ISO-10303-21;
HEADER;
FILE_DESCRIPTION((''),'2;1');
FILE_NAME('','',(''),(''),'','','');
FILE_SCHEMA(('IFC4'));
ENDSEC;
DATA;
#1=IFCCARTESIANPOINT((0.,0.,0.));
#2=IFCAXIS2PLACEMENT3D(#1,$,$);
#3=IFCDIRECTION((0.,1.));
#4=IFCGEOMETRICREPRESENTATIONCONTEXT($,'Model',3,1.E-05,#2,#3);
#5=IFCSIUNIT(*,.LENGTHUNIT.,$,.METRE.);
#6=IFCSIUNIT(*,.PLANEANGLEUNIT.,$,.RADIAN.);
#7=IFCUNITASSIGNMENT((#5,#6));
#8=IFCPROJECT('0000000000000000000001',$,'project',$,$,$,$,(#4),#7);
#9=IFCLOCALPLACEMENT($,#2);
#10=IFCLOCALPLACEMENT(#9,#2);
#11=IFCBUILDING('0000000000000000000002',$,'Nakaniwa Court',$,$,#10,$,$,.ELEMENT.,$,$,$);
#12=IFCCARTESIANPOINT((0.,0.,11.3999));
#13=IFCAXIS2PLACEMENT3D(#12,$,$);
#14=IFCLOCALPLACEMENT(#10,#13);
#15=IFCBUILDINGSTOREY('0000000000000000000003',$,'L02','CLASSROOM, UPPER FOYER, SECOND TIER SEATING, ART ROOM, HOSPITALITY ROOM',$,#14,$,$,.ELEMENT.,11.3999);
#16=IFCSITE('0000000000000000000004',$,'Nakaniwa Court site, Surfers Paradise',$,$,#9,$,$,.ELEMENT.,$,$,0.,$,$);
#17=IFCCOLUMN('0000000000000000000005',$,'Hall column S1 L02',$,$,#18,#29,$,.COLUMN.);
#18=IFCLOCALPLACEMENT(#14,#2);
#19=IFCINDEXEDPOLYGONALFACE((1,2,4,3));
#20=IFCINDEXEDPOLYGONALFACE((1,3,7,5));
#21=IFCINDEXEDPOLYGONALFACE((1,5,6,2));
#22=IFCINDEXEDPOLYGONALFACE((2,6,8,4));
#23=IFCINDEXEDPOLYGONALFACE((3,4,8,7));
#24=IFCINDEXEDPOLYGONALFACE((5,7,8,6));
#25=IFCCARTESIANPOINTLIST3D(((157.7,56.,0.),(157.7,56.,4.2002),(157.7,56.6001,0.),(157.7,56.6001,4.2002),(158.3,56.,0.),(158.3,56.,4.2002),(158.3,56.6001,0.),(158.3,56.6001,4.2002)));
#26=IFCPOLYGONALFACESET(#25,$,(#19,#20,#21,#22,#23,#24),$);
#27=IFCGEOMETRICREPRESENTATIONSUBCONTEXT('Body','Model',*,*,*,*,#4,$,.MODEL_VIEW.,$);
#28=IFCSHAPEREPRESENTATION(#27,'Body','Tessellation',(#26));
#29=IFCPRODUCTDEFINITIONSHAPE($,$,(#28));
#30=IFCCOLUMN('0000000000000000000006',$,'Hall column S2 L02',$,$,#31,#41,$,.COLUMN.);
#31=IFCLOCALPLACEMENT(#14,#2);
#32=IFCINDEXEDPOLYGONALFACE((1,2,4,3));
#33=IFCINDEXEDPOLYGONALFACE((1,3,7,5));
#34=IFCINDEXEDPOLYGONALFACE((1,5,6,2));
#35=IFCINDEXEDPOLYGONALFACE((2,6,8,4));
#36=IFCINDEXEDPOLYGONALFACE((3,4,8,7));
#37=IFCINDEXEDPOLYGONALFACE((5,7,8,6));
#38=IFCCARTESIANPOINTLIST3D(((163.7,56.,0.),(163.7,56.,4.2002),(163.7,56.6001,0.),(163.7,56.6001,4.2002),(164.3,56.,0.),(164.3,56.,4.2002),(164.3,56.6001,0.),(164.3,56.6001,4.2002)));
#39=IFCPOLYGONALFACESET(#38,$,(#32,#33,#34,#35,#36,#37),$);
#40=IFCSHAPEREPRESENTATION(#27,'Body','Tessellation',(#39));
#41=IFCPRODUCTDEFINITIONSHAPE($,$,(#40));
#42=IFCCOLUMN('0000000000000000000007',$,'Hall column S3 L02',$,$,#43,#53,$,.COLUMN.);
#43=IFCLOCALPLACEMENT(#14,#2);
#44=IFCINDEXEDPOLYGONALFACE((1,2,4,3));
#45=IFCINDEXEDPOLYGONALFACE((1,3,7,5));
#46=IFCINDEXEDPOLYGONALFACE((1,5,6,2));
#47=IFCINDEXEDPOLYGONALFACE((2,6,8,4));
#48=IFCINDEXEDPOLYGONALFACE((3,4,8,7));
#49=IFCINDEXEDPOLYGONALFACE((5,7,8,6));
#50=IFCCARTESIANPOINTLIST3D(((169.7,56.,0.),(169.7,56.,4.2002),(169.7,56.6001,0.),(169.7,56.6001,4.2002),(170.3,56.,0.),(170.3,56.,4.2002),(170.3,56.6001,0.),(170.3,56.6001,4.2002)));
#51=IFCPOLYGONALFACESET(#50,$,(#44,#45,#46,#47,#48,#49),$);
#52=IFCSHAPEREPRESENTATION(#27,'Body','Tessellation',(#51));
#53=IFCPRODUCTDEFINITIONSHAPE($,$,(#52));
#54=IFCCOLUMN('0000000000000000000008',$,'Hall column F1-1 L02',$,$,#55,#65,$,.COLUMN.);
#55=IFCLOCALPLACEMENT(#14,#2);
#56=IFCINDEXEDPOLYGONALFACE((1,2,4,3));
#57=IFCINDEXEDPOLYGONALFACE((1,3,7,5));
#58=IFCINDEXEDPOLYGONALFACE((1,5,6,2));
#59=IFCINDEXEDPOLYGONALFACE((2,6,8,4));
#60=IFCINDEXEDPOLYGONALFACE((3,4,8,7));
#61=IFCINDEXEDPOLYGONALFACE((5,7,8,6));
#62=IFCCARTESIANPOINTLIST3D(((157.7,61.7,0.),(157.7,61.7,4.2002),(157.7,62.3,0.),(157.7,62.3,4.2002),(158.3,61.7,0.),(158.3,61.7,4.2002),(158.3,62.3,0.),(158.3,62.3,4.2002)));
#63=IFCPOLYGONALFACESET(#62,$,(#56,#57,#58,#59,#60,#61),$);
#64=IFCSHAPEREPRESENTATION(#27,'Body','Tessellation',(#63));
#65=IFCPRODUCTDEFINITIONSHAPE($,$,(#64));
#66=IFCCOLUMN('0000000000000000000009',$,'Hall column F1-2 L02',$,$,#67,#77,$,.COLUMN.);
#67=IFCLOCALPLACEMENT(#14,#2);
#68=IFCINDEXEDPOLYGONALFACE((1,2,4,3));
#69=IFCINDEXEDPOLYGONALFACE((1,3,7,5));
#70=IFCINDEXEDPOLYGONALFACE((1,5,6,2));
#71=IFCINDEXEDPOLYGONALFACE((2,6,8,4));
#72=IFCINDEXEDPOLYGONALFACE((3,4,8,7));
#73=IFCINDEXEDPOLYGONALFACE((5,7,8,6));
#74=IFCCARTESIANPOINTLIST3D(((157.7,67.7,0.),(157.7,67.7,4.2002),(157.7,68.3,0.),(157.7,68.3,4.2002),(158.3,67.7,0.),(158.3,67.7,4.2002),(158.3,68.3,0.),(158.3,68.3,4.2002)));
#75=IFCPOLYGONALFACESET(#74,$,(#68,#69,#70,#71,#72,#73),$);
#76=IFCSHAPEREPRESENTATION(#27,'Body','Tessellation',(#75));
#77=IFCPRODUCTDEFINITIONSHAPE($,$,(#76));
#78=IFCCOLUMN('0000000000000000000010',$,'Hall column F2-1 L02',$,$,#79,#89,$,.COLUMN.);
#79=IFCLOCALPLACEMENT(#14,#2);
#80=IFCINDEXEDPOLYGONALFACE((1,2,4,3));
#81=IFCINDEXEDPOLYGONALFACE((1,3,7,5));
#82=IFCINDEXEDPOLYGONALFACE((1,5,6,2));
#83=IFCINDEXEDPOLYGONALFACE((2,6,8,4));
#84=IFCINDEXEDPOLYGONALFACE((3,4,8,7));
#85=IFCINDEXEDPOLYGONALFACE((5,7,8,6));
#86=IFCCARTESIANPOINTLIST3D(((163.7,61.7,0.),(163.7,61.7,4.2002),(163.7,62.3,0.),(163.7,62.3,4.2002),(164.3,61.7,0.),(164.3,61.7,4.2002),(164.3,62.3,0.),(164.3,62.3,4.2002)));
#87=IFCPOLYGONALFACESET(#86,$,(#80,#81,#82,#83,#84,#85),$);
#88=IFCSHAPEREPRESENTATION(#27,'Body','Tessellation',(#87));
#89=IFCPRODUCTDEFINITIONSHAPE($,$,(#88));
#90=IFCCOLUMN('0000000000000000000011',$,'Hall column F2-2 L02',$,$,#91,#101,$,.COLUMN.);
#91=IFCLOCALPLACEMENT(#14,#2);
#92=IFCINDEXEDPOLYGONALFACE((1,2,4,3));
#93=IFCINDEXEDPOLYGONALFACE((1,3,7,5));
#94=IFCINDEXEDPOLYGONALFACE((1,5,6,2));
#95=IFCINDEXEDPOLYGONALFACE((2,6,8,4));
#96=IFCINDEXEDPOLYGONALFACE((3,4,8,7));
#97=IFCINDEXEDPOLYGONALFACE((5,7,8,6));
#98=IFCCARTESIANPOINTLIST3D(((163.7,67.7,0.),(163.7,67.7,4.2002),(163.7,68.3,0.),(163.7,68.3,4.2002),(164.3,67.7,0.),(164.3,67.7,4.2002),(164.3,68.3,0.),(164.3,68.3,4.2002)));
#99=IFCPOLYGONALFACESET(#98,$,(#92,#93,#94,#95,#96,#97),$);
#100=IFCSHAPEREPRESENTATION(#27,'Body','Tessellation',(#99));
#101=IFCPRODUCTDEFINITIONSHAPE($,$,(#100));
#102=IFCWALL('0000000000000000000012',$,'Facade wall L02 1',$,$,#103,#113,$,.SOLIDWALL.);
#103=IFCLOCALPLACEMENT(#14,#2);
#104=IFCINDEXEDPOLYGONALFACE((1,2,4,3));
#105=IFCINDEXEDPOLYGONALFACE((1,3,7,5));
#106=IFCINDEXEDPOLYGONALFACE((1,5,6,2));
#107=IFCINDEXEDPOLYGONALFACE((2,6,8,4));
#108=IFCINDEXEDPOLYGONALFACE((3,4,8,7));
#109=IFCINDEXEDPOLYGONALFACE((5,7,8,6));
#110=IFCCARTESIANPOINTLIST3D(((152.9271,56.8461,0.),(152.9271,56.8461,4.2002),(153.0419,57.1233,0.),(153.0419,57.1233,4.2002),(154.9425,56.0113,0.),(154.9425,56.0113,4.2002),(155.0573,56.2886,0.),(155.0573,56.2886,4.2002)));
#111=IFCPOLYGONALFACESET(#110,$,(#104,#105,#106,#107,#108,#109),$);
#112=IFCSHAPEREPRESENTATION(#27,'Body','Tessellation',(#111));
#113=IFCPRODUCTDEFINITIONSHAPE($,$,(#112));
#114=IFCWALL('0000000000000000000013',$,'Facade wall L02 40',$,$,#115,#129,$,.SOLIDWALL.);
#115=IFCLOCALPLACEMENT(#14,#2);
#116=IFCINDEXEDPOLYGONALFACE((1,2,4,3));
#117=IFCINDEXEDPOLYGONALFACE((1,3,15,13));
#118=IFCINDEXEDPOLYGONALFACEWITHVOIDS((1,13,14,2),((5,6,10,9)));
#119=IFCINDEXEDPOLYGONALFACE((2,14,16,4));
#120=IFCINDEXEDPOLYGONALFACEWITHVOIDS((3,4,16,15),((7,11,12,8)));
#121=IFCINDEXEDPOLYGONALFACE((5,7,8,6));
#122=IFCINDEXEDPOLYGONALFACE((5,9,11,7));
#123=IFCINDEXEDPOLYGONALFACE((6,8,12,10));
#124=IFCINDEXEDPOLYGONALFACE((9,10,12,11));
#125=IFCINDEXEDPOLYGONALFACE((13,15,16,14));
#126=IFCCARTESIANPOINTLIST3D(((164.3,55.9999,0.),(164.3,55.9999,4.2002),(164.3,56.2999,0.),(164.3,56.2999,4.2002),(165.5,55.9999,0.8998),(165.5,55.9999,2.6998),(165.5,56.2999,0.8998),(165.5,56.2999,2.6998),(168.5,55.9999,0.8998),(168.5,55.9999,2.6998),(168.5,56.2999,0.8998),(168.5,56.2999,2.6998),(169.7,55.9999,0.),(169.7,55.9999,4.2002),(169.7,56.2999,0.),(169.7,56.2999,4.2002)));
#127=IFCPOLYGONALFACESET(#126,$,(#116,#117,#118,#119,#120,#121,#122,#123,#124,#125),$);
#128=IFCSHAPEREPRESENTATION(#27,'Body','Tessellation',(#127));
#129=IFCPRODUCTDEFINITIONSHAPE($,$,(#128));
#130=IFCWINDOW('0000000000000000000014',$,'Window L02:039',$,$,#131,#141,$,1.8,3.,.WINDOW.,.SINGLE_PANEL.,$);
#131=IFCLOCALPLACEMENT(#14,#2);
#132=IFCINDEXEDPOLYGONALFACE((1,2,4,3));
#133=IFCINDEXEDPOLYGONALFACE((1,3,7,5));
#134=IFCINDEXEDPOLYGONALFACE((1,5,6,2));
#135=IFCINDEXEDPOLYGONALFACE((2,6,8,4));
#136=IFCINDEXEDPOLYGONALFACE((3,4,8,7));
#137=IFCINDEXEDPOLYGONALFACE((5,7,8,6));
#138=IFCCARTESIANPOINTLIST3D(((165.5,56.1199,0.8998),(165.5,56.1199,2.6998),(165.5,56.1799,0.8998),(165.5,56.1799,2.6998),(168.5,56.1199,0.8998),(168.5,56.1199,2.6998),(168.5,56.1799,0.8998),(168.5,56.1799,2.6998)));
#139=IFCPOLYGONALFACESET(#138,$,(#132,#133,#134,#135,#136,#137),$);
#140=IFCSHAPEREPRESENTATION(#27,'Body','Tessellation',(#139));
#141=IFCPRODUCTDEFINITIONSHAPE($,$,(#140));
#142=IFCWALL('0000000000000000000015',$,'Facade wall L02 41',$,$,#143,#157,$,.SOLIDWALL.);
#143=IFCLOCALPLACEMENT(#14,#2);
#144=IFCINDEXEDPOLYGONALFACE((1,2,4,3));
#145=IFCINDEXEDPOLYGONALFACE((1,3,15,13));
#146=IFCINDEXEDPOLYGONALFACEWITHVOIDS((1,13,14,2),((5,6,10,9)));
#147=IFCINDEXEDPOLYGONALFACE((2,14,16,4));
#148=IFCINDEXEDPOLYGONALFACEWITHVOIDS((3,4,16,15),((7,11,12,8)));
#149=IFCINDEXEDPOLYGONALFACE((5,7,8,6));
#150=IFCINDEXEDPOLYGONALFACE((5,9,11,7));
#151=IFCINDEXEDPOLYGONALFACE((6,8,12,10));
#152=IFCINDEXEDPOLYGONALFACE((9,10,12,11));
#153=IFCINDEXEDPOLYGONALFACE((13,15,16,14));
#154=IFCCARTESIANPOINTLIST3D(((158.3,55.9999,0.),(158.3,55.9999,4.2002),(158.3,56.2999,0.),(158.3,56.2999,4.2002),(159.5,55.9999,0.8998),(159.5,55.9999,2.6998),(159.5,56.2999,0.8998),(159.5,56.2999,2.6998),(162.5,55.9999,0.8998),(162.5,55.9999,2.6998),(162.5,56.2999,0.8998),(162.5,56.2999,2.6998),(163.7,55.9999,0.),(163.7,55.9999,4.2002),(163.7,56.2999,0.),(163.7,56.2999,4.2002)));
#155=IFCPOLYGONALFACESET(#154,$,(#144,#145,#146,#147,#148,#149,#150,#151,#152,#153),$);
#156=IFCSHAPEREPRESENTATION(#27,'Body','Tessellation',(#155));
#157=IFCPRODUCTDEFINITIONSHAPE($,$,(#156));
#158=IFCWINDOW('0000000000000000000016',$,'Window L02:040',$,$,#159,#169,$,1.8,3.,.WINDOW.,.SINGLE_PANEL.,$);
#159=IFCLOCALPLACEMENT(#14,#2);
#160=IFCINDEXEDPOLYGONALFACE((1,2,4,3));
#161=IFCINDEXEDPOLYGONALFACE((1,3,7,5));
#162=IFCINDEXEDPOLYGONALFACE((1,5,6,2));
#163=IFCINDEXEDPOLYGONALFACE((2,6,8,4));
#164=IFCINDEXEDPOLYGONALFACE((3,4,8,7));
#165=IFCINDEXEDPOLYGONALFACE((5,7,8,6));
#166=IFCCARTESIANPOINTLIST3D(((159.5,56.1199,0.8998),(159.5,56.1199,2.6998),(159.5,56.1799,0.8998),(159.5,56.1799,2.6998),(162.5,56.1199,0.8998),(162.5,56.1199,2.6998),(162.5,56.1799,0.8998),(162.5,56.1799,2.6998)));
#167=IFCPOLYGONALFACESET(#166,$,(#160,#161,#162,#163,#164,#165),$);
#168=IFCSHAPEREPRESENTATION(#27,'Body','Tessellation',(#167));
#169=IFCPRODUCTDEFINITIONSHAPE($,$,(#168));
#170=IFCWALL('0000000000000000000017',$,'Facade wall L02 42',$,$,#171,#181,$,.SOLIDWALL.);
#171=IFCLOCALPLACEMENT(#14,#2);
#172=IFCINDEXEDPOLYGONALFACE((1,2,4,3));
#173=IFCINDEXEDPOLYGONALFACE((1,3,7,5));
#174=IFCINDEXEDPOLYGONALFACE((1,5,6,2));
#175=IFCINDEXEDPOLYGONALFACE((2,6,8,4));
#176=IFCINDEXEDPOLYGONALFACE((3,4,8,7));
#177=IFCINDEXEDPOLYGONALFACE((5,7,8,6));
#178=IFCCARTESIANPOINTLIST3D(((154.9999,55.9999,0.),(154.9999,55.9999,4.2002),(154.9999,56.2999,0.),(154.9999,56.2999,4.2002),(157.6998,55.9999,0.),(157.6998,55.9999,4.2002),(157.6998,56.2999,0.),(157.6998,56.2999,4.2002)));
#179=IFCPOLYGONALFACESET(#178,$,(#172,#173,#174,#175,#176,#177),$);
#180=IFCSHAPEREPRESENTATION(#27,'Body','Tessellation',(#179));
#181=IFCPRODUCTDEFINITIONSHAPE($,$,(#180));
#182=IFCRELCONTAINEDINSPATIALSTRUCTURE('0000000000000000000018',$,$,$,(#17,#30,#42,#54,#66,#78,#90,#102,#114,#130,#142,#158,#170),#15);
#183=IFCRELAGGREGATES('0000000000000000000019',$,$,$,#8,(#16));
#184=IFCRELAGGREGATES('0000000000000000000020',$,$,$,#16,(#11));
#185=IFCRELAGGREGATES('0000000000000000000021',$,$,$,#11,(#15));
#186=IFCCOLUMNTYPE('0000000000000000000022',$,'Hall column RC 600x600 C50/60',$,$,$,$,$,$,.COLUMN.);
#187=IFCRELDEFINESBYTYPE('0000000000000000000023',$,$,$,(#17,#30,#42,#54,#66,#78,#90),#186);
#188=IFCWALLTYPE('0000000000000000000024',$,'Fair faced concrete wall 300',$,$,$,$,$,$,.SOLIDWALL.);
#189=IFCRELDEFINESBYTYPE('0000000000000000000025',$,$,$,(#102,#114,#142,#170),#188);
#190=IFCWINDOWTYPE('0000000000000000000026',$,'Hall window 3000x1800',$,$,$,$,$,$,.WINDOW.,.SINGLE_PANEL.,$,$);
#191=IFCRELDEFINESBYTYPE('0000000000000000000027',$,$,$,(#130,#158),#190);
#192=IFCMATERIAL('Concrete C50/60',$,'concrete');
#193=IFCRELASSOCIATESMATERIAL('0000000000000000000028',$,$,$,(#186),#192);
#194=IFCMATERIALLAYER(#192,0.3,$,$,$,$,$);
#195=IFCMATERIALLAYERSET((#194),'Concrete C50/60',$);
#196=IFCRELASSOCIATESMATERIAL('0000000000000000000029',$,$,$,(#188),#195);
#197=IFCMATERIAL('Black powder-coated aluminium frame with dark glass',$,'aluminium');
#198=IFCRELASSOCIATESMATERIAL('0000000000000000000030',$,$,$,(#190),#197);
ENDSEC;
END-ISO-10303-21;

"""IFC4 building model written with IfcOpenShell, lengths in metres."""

from ifc_helpers import new_model, si_unit, direction, frame, frame_2d, origin, origin_2d, place, context, subcontext, project, spatial, rectangle, extrude, material, layer, layer_set, material_profile, profile_set, type_object, element, fill, save


model = new_model("IFC4")

# Units and contexts
model_context = context("Model", 3, precision=1e-05, world=origin(), true_north=direction((0.0, 1.0)))
body_context = subcontext(model_context, "Body", "Model", "MODEL_VIEW")
ifc_project = project(units=[si_unit("LENGTHUNIT", "METRE"), si_unit("PLANEANGLEUNIT", "RADIAN")], contexts=[model_context])

# Site, building, storey
site_placement = place(None, origin())
site = spatial("IfcSite", under=ifc_project, at=site_placement, Name="Nakaniwa Court site, Surfers Paradise", CompositionType="ELEMENT", RefElevation=0.0)
building_placement = place(site_placement, origin())
building = spatial("IfcBuilding", under=site, at=building_placement, Name="Nakaniwa Court", CompositionType="ELEMENT")
storey_placement = place(building_placement, frame((0.0, 0.0, 11.3999)))
storey = spatial("IfcBuildingStorey", under=building, at=storey_placement, Name="L02", Description="CLASSROOM, UPPER FOYER, SECOND TIER SEATING, ART ROOM, HOSPITALITY ROOM", CompositionType="ELEMENT", Elevation=11.3999)

# Columns
ifc_material_1 = material(Name="Concrete C50/60", Category="concrete")
ifc_material_profile_1 = material_profile(ifc_material_1, rectangle(XDim=0.6001, YDim=0.6001, at=origin_2d()), Name="RC 600x600")
ifc_profile_set_1 = profile_set([ifc_material_profile_1], Name="Concrete C50/60")
column_type = type_object("IfcColumnType", Name="Hall column RC 600x600 C50/60", PredefinedType="COLUMN", material=ifc_profile_set_1)
for number, where, z_axis, x_axis, name in (
    (1, (158.0, 56.3, 0.0), (0.0, 0.0, 1.0), (1.0, 0.0, 0.0), "Hall column S1 L02"),
    (2, (164.0, 56.3, 0.0), (0.0, 0.0, 1.0), (1.0, 0.0, 0.0), "Hall column S2 L02"),
    (3, (170.0, 56.3, 0.0), (0.0, 0.0, 1.0), (1.0, 0.0, 0.0), "Hall column S3 L02"),
    (4, (158.0, 62.0, 0.0), (0.0, 0.0, 1.0), (1.0, 0.0, 0.0), "Hall column F1-1 L02"),
    (5, (158.0, 68.0, 0.0), (0.0, 0.0, 1.0), (1.0, 0.0, 0.0), "Hall column F1-2 L02"),
    (6, (164.0, 62.0, 0.0), (0.0, 0.0, 1.0), (1.0, 0.0, 0.0), "Hall column F2-1 L02"),
    (7, (164.0, 68.0, 0.0), (0.0, 0.0, 1.0), (1.0, 0.0, 0.0), "Hall column F2-2 L02"),
):
    element("IfcColumn", number, at=place(storey_placement, frame(where, z_axis=z_axis, x_axis=x_axis)), inside=storey, type_object=column_type, Name=name, PredefinedType="COLUMN", context=body_context, shape_type="SweptSolid", body=[
        extrude(rectangle(XDim=0.6001, YDim=0.6001, at=origin_2d()), origin(), (0.0, 0.0, 1.0), 4.2002),
    ])

# Wall
ifc_layer_1 = layer(ifc_material_1, 0.3)
ifc_layer_set_1 = layer_set([ifc_layer_1], Name="Concrete C50/60")
wall_type_1 = type_object("IfcWallType", Name="Fair faced concrete wall 300", PredefinedType="SOLIDWALL", material=ifc_layer_set_1)
wall_1_placement = place(storey_placement, frame((155.0, 56.1499, 0.0), z_axis=(0.0, 0.0, 1.0), x_axis=(-0.923893, 0.382652, 0.0)))
element("IfcWall", 8, at=wall_1_placement, inside=storey, type_object=wall_type_1, Name="Facade wall L02 1", PredefinedType="SOLIDWALL", context=body_context, shape_type="SweptSolid", body=[
    extrude(rectangle(XDim=2.1814, YDim=0.3, at=frame_2d((1.0908, 0.0))), origin(), (0.0, 0.0, 1.0), 4.2002),
])

# Walls, openings, windows
wall_2_placement = place(storey_placement, frame((169.7, 56.1499, 0.0), z_axis=(0.0, 0.0, 1.0), x_axis=(-1.0, 0.0, 0.0)))
wall_2 = element("IfcWall", 9, at=wall_2_placement, inside=storey, type_object=wall_type_1, Name="Facade wall L02 40", PredefinedType="SOLIDWALL", context=body_context, shape_type="SweptSolid", body=[
    extrude(rectangle(XDim=5.3999, YDim=0.3, at=frame_2d((2.7, 0.0))), origin(), (0.0, 0.0, 1.0), 4.2002),
])
opening_1_placement = place(wall_2_placement, frame((1.2, 0.0, 0.8999)))
opening_1 = element("IfcOpeningElement", 10, at=opening_1_placement, cuts=wall_2, PredefinedType="OPENING", context=body_context, shape_type="SweptSolid", body=[
    extrude(rectangle(XDim=3.0, YDim=1.8, at=frame_2d((1.5, 0.8999))), frame((0.0, 0.1599, 0.0), z_axis=(0.0, -1.0, 0.0), x_axis=(1.0, 0.0, 0.0)), (0.0, 0.0, 1.0), 0.3201),
])
ifc_material_2 = material(Name="Black powder-coated aluminium frame with dark glass", Category="aluminium")
window_type = type_object("IfcWindowType", Name="Hall window 3000x1800", PartitioningType="SINGLE_PANEL", PredefinedType="WINDOW", material=ifc_material_2)
window_1_placement = place(opening_1_placement, origin())
window_1 = element("IfcWindow", 11, at=window_1_placement, inside=storey, type_object=window_type, Name="Window L02:039", OverallHeight=1.8, OverallWidth=3.0, PartitioningType="SINGLE_PANEL", PredefinedType="WINDOW", context=body_context, shape_type="SweptSolid", body=[
    extrude(rectangle(XDim=3.0, YDim=1.8, at=frame_2d((1.5, 0.8999))), frame((0.0, 0.03, 0.0), z_axis=(0.0, -1.0, 0.0), x_axis=(1.0, 0.0, 0.0)), (0.0, 0.0, 1.0), 0.0601),
])
fill(opening_1, window_1)
wall_3_placement = place(storey_placement, frame((163.7, 56.1499, 0.0), z_axis=(0.0, 0.0, 1.0), x_axis=(-1.0, 0.0, 0.0)))
wall_3 = element("IfcWall", 12, at=wall_3_placement, inside=storey, type_object=wall_type_1, Name="Facade wall L02 41", PredefinedType="SOLIDWALL", context=body_context, shape_type="SweptSolid", body=[
    extrude(rectangle(XDim=5.3999, YDim=0.3, at=frame_2d((2.7, 0.0))), origin(), (0.0, 0.0, 1.0), 4.2002),
])
opening_2_placement = place(wall_3_placement, frame((1.2, 0.0, 0.8999)))
opening_2 = element("IfcOpeningElement", 13, at=opening_2_placement, cuts=wall_3, PredefinedType="OPENING", context=body_context, shape_type="SweptSolid", body=[
    extrude(rectangle(XDim=3.0, YDim=1.8, at=frame_2d((1.5, 0.8999))), frame((0.0, 0.1599, 0.0), z_axis=(0.0, -1.0, 0.0), x_axis=(1.0, 0.0, 0.0)), (0.0, 0.0, 1.0), 0.3201),
])
window_2_placement = place(opening_2_placement, origin())
window_2 = element("IfcWindow", 14, at=window_2_placement, inside=storey, type_object=window_type, Name="Window L02:040", OverallHeight=1.8, OverallWidth=3.0, PartitioningType="SINGLE_PANEL", PredefinedType="WINDOW", context=body_context, shape_type="SweptSolid", body=[
    extrude(rectangle(XDim=3.0, YDim=1.8, at=frame_2d((1.5, 0.8999))), frame((0.0, 0.03, 0.0), z_axis=(0.0, -1.0, 0.0), x_axis=(1.0, 0.0, 0.0)), (0.0, 0.0, 1.0), 0.0601),
])
fill(opening_2, window_2)

# Wall
wall_4_placement = place(storey_placement, frame((157.7, 56.1499, 0.0), z_axis=(0.0, 0.0, 1.0), x_axis=(-1.0, 0.0, 0.0)))
element("IfcWall", 15, at=wall_4_placement, inside=storey, type_object=wall_type_1, Name="Facade wall L02 42", PredefinedType="SOLIDWALL", context=body_context, shape_type="SweptSolid", body=[
    extrude(rectangle(XDim=2.7, YDim=0.3, at=frame_2d((1.3501, 0.0))), origin(), (0.0, 0.0, 1.0), 4.2002),
])

save(model, "model.ifc")
